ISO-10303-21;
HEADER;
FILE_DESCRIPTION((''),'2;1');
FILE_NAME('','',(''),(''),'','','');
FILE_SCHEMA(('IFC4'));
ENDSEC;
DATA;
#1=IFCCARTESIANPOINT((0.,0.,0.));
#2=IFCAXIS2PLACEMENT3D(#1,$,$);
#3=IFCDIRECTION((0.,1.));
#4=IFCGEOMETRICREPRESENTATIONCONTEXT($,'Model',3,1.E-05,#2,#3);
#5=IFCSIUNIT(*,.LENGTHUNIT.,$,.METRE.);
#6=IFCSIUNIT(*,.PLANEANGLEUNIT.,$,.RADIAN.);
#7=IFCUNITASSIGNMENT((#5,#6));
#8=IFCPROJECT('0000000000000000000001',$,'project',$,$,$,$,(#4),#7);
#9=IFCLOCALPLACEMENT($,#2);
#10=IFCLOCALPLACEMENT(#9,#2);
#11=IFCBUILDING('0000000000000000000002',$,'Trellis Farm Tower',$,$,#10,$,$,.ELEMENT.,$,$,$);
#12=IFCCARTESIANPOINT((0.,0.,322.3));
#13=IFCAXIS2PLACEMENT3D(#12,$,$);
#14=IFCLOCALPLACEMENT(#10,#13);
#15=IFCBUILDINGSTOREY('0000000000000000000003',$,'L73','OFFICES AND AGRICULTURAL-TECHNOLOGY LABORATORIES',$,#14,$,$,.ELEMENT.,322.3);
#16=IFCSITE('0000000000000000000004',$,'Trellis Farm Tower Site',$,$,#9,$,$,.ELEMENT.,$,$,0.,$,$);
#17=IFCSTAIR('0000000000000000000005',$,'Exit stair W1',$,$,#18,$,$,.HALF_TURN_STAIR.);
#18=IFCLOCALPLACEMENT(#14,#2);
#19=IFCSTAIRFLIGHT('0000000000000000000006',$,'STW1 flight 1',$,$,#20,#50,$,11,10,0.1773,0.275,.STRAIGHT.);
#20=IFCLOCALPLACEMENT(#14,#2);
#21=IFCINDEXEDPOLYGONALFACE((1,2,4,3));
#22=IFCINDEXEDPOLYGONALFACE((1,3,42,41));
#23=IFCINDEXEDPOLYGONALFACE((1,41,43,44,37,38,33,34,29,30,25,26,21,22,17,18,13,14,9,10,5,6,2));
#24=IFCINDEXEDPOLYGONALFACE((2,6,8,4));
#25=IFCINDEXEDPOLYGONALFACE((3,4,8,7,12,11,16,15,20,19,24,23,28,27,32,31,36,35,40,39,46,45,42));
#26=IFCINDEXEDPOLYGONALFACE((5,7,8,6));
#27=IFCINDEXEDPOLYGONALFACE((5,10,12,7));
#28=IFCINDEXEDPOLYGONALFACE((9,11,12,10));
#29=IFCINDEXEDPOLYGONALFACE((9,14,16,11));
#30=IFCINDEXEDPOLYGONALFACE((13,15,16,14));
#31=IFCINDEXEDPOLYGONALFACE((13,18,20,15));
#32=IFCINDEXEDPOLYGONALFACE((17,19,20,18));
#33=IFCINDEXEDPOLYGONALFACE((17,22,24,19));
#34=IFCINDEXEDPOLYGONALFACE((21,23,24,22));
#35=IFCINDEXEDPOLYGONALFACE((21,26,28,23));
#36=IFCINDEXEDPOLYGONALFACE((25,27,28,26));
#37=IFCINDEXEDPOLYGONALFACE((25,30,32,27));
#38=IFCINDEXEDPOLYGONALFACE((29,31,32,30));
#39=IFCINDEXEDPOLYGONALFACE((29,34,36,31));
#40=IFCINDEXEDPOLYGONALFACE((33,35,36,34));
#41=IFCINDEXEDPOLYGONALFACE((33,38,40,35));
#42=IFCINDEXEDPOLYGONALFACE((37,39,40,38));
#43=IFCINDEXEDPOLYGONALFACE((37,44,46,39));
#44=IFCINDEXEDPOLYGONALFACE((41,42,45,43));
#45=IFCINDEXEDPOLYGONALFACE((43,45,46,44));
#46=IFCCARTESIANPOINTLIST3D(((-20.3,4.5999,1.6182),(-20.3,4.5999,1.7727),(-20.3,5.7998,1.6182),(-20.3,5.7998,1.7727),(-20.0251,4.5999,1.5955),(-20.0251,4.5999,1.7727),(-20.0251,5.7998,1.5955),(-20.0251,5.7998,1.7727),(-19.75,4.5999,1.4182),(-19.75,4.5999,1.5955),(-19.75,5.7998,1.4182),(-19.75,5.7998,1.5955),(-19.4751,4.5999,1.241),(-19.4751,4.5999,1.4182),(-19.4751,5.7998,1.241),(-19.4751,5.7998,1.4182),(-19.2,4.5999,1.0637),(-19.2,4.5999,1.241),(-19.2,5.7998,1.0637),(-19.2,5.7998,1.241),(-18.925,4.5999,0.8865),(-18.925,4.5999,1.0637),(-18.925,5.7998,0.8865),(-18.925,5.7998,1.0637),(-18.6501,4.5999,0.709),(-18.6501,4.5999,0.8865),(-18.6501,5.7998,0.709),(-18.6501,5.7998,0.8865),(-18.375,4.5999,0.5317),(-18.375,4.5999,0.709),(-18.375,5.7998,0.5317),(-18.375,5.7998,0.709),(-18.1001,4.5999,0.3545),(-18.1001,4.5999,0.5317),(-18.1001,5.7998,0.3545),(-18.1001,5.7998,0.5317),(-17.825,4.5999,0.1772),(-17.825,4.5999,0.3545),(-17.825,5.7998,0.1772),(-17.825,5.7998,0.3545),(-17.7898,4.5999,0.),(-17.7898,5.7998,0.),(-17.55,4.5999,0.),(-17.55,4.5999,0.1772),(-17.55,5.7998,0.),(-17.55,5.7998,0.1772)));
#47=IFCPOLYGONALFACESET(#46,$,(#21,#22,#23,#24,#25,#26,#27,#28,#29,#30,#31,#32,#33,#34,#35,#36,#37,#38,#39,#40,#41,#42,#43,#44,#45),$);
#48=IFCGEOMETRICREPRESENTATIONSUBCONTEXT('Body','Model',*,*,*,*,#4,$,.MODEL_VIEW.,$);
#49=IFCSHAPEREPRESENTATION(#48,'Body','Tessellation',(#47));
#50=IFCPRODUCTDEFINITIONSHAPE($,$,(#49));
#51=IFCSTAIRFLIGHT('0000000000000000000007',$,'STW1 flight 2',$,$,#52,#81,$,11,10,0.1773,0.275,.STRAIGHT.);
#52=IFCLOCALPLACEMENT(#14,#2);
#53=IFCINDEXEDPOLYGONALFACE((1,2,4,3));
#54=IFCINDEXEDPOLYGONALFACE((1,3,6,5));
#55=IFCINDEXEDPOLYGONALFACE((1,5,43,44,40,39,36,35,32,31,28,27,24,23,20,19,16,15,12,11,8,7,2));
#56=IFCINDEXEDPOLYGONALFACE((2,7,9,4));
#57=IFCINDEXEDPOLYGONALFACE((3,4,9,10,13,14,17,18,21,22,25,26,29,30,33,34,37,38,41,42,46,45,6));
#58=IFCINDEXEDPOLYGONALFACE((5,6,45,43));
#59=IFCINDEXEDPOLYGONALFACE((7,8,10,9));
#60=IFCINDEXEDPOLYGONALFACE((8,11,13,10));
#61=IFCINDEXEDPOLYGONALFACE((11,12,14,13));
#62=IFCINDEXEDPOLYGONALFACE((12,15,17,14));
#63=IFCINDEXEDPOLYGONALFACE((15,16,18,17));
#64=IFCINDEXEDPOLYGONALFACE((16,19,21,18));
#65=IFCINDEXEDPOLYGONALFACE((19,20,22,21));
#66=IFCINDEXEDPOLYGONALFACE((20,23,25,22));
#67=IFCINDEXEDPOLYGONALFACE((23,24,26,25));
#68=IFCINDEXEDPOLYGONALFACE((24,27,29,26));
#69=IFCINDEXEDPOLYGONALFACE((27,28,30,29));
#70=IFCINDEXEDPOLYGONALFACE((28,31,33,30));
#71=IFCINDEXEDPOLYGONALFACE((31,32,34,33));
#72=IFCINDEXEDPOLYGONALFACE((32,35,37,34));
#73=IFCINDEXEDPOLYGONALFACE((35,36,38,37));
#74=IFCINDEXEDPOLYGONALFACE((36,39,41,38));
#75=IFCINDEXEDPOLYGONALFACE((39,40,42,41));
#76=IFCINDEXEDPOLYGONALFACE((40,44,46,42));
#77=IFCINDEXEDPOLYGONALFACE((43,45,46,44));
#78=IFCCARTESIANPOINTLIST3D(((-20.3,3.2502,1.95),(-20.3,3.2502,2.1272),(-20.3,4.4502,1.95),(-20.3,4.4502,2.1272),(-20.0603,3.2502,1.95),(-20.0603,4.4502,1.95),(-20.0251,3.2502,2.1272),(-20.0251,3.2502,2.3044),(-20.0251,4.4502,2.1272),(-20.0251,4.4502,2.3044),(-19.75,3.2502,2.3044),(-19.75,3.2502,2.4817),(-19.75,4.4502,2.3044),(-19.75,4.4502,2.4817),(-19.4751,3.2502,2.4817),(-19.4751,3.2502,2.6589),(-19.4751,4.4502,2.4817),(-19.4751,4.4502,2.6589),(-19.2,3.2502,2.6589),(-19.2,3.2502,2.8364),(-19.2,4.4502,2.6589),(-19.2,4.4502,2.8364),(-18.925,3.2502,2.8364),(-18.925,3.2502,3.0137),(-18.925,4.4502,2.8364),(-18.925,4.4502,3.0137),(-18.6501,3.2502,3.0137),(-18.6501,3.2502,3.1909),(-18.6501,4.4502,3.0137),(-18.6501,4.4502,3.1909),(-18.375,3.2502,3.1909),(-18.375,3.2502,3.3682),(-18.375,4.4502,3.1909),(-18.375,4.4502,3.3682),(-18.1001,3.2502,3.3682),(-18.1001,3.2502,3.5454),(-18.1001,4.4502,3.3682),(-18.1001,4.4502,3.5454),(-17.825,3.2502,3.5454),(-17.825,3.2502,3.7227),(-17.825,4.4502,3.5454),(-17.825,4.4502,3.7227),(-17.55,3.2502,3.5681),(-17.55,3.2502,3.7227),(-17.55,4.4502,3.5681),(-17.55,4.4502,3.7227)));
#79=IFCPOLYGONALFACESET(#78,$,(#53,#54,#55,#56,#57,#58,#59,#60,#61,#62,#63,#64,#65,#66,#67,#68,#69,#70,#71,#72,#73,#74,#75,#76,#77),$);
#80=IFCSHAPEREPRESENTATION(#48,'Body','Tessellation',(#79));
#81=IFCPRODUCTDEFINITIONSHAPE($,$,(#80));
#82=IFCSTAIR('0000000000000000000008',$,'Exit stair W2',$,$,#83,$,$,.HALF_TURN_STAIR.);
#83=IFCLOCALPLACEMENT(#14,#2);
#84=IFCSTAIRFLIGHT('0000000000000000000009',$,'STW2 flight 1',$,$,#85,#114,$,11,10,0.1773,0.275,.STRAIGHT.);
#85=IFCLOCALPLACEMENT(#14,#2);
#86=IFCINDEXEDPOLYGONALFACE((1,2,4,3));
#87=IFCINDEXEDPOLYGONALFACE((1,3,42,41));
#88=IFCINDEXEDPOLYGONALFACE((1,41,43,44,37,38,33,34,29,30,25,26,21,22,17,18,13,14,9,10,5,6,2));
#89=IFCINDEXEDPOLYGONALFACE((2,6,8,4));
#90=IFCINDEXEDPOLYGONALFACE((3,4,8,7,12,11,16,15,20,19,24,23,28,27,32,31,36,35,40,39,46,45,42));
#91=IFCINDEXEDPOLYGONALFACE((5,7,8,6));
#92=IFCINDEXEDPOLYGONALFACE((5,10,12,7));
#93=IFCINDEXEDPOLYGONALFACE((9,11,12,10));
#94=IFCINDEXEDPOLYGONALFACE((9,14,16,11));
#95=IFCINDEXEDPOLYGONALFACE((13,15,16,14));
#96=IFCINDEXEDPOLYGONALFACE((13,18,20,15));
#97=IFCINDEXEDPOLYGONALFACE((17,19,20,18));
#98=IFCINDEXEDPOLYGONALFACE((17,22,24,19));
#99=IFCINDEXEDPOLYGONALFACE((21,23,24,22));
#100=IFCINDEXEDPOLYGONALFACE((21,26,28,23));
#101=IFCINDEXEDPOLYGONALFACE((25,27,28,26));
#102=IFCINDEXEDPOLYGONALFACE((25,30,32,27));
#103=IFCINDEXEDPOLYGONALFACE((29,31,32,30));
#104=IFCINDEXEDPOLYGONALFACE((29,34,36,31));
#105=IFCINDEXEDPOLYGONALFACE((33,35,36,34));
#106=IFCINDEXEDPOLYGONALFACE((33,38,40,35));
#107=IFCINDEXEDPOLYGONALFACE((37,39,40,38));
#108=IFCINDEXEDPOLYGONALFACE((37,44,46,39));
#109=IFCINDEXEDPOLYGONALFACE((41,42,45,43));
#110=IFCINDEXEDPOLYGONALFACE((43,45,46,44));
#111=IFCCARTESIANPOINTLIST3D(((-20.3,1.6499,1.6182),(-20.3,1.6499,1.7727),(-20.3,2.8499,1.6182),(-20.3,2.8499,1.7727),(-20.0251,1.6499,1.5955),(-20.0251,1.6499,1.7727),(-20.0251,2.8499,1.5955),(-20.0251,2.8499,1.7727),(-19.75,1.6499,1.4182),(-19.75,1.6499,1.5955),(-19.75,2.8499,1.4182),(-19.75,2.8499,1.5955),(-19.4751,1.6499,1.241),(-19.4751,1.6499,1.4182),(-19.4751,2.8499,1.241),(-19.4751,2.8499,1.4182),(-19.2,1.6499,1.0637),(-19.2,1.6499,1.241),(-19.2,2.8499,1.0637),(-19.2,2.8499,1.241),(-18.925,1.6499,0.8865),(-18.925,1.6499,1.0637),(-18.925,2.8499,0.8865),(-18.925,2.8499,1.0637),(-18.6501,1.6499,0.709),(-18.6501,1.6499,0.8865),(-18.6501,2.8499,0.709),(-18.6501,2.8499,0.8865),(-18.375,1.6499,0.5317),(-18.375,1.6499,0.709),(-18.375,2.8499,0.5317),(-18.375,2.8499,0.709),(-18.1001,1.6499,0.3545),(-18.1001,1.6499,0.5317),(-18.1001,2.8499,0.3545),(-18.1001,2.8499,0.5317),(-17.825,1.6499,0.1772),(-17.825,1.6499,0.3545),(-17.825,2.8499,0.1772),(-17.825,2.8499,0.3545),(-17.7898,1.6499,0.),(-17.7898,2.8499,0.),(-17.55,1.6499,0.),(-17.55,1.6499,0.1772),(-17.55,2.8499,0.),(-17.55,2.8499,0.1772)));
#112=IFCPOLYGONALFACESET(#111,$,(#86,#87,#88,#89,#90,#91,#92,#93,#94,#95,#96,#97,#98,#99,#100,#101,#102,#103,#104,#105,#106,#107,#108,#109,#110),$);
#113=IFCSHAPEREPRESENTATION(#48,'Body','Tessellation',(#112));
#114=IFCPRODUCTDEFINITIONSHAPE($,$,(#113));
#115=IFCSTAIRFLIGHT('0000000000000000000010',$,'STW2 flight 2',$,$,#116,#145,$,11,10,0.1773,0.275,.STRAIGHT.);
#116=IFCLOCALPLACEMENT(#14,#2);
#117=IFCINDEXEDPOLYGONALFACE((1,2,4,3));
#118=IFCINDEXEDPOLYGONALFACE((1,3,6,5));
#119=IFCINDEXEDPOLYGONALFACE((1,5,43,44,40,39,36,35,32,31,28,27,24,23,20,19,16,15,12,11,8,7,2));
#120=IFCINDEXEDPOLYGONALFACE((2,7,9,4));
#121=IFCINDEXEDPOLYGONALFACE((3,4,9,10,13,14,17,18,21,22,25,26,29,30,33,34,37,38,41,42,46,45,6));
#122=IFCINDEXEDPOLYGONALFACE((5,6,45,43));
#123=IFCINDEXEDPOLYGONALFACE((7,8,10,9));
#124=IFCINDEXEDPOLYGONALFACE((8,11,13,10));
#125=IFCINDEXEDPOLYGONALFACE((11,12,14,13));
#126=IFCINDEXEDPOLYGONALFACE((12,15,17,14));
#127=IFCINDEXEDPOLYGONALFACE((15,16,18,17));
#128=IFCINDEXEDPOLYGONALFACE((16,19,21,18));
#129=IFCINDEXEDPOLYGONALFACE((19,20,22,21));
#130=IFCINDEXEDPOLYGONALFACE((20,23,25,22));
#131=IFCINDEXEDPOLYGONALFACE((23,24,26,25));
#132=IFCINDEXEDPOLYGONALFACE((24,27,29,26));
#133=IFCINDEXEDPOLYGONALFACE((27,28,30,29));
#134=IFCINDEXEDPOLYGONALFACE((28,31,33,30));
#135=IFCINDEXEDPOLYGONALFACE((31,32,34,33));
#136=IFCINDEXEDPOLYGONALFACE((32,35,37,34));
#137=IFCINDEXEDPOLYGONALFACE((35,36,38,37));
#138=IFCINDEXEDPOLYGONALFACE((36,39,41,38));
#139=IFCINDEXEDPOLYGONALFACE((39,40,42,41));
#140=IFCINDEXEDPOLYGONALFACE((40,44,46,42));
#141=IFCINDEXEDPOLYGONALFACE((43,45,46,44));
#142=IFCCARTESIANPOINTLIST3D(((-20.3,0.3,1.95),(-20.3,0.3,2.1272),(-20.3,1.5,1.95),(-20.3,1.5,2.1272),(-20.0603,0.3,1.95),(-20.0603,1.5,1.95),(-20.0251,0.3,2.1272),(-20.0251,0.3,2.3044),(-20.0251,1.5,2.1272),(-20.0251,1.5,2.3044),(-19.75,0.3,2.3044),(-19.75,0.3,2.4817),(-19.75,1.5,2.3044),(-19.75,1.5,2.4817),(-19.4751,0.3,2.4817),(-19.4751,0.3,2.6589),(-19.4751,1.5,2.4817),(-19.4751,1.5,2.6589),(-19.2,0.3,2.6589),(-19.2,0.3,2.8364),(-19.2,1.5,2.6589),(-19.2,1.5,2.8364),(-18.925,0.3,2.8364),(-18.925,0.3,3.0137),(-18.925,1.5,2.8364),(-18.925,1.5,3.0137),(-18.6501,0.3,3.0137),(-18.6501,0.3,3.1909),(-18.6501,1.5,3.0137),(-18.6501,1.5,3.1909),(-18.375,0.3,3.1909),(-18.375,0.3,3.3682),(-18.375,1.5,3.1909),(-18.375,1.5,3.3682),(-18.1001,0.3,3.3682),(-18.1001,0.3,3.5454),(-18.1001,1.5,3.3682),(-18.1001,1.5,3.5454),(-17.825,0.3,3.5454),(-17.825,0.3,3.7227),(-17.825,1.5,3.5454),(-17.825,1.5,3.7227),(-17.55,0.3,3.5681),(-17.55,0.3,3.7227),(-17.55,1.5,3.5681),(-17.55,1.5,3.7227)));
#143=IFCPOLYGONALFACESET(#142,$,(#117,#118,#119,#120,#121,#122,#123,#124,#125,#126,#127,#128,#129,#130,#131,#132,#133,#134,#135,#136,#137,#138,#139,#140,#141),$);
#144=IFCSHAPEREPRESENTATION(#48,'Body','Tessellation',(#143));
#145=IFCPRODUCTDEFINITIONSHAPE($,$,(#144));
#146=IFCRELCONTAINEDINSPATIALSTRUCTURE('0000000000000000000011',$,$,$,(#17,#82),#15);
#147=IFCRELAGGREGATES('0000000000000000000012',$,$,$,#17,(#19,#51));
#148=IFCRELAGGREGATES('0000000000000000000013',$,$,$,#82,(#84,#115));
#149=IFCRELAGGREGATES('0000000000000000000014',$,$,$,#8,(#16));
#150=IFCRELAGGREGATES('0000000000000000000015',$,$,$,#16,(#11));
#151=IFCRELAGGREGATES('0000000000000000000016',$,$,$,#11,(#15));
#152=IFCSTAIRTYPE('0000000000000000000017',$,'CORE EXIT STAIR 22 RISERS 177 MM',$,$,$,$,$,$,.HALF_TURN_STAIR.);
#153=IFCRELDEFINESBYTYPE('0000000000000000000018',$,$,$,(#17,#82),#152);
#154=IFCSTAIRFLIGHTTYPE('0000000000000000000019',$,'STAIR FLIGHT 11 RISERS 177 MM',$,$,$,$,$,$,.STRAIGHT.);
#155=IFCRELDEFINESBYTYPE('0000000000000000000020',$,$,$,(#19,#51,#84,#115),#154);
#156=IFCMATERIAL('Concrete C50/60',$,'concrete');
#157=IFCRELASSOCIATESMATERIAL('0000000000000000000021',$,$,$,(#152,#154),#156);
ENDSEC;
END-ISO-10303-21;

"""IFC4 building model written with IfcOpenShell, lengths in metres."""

from ifc_helpers import new_model, si_unit, direction, frame, origin, place, context, subcontext, project, spatial, polyline, outline, extrude, source, transform, mapped, material, type_object, element, aggregate, save


model = new_model("IFC4")

# Units and contexts
model_context = context("Model", 3, precision=1e-05, world=origin(), true_north=direction((0.0, 1.0)))
body_context = subcontext(model_context, "Body", "Model", "MODEL_VIEW")
ifc_project = project(units=[si_unit("LENGTHUNIT", "METRE"), si_unit("PLANEANGLEUNIT", "RADIAN")], contexts=[model_context])

# Site, building, storey
site_placement = place(None, origin())
site = spatial("IfcSite", under=ifc_project, at=site_placement, Name="Trellis Farm Tower Site", CompositionType="ELEMENT", RefElevation=0.0)
building_placement = place(site_placement, origin())
building = spatial("IfcBuilding", under=site, at=building_placement, Name="Trellis Farm Tower", CompositionType="ELEMENT")
storey_placement = place(building_placement, frame((0.0, 0.0, 322.3)))
storey = spatial("IfcBuildingStorey", under=building, at=storey_placement, Name="L73", Description="OFFICES AND AGRICULTURAL-TECHNOLOGY LABORATORIES", CompositionType="ELEMENT", Elevation=322.3)

# Shared definitions
placement = place(storey_placement, origin())

# Shared definitions
ifc_material_1 = material(Name="Concrete C50/60", Category="concrete")

# Stairs, stair flights
stair_type = type_object("IfcStairType", Name="CORE EXIT STAIR 22 RISERS 177 MM", PredefinedType="HALF_TURN_STAIR", material=ifc_material_1)
stair_1 = element("IfcStair", 1, at=placement, inside=storey, type_object=stair_type, Name="Exit stair W1", PredefinedType="HALF_TURN_STAIR")
stair_flight_type = type_object("IfcStairFlightType", Name="STAIR FLIGHT 11 RISERS 177 MM", PredefinedType="STRAIGHT", material=ifc_material_1)
shared_shape_1 = source(origin(), body_context, "Body", "SweptSolid", [
    extrude(outline(polyline([(0.0, 0.0), (0.0, 0.1772), (0.2749, 0.1772), (0.2749, 0.3545), (0.55, 0.3545), (0.55, 0.5317), (0.825, 0.5317), (0.825, 0.709), (1.1001, 0.709), (1.1001, 0.8865), (1.375, 0.8865), (1.375, 1.0637), (1.6499, 1.0637), (1.6499, 1.241), (1.925, 1.241), (1.925, 1.4182), (2.2, 1.4182), (2.2, 1.5955), (2.4751, 1.5955), (2.4751, 1.7727), (2.75, 1.7727), (2.75, 1.95), (2.75, 1.6182), (0.2397, 0.0), (0.0, 0.0)])), frame((0.0, 0.6001, 0.0), z_axis=(0.0, -1.0, 0.0), x_axis=(1.0, 0.0, 0.0)), (0.0, 0.0, 1.0), 1.2),
])
stair_flight_1_placement = place(storey_placement, frame((-17.55, 5.2, 0.0), z_axis=(0.0, 0.0, 1.0), x_axis=(-1.0, 0.0, 0.0)))
stair_flight_1 = element("IfcStairFlight", 2, at=stair_flight_1_placement, type_object=stair_flight_type, Name="STW1 flight 1", NumberOfRisers=11, NumberOfTreads=10, PredefinedType="STRAIGHT", RiserHeight=0.1773, TreadLength=0.275, context=body_context, shape_type="MappedRepresentation", body=[
    mapped(shared_shape_1, transform((0.0, 0.0, 0.0))),
])
stair_flight_2_placement = place(storey_placement, frame((-20.3, 3.8501, 1.95), z_axis=(0.0, 0.0, 1.0), x_axis=(1.0, 0.0, 0.0)))
stair_flight_2 = element("IfcStairFlight", 3, at=stair_flight_2_placement, type_object=stair_flight_type, Name="STW1 flight 2", NumberOfRisers=11, NumberOfTreads=10, PredefinedType="STRAIGHT", RiserHeight=0.1773, TreadLength=0.275, context=body_context, shape_type="MappedRepresentation", body=[
    mapped(shared_shape_1, transform((0.0, 0.0, 0.0))),
])
aggregate(stair_1, [stair_flight_1, stair_flight_2])
stair_2 = element("IfcStair", 4, at=placement, inside=storey, type_object=stair_type, Name="Exit stair W2", PredefinedType="HALF_TURN_STAIR")
stair_flight_3_placement = place(storey_placement, frame((-17.55, 2.25, 0.0), z_axis=(0.0, 0.0, 1.0), x_axis=(-1.0, 0.0, 0.0)))
stair_flight_3 = element("IfcStairFlight", 5, at=stair_flight_3_placement, type_object=stair_flight_type, Name="STW2 flight 1", NumberOfRisers=11, NumberOfTreads=10, PredefinedType="STRAIGHT", RiserHeight=0.1773, TreadLength=0.275, context=body_context, shape_type="MappedRepresentation", body=[
    mapped(shared_shape_1, transform((0.0, 0.0, 0.0))),
])
stair_flight_4_placement = place(storey_placement, frame((-20.3, 0.8999, 1.95), z_axis=(0.0, 0.0, 1.0), x_axis=(1.0, 0.0, 0.0)))
stair_flight_4 = element("IfcStairFlight", 6, at=stair_flight_4_placement, type_object=stair_flight_type, Name="STW2 flight 2", NumberOfRisers=11, NumberOfTreads=10, PredefinedType="STRAIGHT", RiserHeight=0.1773, TreadLength=0.275, context=body_context, shape_type="MappedRepresentation", body=[
    mapped(shared_shape_1, transform((0.0, 0.0, 0.0))),
])
aggregate(stair_2, [stair_flight_3, stair_flight_4])

save(model, "model.ifc")
